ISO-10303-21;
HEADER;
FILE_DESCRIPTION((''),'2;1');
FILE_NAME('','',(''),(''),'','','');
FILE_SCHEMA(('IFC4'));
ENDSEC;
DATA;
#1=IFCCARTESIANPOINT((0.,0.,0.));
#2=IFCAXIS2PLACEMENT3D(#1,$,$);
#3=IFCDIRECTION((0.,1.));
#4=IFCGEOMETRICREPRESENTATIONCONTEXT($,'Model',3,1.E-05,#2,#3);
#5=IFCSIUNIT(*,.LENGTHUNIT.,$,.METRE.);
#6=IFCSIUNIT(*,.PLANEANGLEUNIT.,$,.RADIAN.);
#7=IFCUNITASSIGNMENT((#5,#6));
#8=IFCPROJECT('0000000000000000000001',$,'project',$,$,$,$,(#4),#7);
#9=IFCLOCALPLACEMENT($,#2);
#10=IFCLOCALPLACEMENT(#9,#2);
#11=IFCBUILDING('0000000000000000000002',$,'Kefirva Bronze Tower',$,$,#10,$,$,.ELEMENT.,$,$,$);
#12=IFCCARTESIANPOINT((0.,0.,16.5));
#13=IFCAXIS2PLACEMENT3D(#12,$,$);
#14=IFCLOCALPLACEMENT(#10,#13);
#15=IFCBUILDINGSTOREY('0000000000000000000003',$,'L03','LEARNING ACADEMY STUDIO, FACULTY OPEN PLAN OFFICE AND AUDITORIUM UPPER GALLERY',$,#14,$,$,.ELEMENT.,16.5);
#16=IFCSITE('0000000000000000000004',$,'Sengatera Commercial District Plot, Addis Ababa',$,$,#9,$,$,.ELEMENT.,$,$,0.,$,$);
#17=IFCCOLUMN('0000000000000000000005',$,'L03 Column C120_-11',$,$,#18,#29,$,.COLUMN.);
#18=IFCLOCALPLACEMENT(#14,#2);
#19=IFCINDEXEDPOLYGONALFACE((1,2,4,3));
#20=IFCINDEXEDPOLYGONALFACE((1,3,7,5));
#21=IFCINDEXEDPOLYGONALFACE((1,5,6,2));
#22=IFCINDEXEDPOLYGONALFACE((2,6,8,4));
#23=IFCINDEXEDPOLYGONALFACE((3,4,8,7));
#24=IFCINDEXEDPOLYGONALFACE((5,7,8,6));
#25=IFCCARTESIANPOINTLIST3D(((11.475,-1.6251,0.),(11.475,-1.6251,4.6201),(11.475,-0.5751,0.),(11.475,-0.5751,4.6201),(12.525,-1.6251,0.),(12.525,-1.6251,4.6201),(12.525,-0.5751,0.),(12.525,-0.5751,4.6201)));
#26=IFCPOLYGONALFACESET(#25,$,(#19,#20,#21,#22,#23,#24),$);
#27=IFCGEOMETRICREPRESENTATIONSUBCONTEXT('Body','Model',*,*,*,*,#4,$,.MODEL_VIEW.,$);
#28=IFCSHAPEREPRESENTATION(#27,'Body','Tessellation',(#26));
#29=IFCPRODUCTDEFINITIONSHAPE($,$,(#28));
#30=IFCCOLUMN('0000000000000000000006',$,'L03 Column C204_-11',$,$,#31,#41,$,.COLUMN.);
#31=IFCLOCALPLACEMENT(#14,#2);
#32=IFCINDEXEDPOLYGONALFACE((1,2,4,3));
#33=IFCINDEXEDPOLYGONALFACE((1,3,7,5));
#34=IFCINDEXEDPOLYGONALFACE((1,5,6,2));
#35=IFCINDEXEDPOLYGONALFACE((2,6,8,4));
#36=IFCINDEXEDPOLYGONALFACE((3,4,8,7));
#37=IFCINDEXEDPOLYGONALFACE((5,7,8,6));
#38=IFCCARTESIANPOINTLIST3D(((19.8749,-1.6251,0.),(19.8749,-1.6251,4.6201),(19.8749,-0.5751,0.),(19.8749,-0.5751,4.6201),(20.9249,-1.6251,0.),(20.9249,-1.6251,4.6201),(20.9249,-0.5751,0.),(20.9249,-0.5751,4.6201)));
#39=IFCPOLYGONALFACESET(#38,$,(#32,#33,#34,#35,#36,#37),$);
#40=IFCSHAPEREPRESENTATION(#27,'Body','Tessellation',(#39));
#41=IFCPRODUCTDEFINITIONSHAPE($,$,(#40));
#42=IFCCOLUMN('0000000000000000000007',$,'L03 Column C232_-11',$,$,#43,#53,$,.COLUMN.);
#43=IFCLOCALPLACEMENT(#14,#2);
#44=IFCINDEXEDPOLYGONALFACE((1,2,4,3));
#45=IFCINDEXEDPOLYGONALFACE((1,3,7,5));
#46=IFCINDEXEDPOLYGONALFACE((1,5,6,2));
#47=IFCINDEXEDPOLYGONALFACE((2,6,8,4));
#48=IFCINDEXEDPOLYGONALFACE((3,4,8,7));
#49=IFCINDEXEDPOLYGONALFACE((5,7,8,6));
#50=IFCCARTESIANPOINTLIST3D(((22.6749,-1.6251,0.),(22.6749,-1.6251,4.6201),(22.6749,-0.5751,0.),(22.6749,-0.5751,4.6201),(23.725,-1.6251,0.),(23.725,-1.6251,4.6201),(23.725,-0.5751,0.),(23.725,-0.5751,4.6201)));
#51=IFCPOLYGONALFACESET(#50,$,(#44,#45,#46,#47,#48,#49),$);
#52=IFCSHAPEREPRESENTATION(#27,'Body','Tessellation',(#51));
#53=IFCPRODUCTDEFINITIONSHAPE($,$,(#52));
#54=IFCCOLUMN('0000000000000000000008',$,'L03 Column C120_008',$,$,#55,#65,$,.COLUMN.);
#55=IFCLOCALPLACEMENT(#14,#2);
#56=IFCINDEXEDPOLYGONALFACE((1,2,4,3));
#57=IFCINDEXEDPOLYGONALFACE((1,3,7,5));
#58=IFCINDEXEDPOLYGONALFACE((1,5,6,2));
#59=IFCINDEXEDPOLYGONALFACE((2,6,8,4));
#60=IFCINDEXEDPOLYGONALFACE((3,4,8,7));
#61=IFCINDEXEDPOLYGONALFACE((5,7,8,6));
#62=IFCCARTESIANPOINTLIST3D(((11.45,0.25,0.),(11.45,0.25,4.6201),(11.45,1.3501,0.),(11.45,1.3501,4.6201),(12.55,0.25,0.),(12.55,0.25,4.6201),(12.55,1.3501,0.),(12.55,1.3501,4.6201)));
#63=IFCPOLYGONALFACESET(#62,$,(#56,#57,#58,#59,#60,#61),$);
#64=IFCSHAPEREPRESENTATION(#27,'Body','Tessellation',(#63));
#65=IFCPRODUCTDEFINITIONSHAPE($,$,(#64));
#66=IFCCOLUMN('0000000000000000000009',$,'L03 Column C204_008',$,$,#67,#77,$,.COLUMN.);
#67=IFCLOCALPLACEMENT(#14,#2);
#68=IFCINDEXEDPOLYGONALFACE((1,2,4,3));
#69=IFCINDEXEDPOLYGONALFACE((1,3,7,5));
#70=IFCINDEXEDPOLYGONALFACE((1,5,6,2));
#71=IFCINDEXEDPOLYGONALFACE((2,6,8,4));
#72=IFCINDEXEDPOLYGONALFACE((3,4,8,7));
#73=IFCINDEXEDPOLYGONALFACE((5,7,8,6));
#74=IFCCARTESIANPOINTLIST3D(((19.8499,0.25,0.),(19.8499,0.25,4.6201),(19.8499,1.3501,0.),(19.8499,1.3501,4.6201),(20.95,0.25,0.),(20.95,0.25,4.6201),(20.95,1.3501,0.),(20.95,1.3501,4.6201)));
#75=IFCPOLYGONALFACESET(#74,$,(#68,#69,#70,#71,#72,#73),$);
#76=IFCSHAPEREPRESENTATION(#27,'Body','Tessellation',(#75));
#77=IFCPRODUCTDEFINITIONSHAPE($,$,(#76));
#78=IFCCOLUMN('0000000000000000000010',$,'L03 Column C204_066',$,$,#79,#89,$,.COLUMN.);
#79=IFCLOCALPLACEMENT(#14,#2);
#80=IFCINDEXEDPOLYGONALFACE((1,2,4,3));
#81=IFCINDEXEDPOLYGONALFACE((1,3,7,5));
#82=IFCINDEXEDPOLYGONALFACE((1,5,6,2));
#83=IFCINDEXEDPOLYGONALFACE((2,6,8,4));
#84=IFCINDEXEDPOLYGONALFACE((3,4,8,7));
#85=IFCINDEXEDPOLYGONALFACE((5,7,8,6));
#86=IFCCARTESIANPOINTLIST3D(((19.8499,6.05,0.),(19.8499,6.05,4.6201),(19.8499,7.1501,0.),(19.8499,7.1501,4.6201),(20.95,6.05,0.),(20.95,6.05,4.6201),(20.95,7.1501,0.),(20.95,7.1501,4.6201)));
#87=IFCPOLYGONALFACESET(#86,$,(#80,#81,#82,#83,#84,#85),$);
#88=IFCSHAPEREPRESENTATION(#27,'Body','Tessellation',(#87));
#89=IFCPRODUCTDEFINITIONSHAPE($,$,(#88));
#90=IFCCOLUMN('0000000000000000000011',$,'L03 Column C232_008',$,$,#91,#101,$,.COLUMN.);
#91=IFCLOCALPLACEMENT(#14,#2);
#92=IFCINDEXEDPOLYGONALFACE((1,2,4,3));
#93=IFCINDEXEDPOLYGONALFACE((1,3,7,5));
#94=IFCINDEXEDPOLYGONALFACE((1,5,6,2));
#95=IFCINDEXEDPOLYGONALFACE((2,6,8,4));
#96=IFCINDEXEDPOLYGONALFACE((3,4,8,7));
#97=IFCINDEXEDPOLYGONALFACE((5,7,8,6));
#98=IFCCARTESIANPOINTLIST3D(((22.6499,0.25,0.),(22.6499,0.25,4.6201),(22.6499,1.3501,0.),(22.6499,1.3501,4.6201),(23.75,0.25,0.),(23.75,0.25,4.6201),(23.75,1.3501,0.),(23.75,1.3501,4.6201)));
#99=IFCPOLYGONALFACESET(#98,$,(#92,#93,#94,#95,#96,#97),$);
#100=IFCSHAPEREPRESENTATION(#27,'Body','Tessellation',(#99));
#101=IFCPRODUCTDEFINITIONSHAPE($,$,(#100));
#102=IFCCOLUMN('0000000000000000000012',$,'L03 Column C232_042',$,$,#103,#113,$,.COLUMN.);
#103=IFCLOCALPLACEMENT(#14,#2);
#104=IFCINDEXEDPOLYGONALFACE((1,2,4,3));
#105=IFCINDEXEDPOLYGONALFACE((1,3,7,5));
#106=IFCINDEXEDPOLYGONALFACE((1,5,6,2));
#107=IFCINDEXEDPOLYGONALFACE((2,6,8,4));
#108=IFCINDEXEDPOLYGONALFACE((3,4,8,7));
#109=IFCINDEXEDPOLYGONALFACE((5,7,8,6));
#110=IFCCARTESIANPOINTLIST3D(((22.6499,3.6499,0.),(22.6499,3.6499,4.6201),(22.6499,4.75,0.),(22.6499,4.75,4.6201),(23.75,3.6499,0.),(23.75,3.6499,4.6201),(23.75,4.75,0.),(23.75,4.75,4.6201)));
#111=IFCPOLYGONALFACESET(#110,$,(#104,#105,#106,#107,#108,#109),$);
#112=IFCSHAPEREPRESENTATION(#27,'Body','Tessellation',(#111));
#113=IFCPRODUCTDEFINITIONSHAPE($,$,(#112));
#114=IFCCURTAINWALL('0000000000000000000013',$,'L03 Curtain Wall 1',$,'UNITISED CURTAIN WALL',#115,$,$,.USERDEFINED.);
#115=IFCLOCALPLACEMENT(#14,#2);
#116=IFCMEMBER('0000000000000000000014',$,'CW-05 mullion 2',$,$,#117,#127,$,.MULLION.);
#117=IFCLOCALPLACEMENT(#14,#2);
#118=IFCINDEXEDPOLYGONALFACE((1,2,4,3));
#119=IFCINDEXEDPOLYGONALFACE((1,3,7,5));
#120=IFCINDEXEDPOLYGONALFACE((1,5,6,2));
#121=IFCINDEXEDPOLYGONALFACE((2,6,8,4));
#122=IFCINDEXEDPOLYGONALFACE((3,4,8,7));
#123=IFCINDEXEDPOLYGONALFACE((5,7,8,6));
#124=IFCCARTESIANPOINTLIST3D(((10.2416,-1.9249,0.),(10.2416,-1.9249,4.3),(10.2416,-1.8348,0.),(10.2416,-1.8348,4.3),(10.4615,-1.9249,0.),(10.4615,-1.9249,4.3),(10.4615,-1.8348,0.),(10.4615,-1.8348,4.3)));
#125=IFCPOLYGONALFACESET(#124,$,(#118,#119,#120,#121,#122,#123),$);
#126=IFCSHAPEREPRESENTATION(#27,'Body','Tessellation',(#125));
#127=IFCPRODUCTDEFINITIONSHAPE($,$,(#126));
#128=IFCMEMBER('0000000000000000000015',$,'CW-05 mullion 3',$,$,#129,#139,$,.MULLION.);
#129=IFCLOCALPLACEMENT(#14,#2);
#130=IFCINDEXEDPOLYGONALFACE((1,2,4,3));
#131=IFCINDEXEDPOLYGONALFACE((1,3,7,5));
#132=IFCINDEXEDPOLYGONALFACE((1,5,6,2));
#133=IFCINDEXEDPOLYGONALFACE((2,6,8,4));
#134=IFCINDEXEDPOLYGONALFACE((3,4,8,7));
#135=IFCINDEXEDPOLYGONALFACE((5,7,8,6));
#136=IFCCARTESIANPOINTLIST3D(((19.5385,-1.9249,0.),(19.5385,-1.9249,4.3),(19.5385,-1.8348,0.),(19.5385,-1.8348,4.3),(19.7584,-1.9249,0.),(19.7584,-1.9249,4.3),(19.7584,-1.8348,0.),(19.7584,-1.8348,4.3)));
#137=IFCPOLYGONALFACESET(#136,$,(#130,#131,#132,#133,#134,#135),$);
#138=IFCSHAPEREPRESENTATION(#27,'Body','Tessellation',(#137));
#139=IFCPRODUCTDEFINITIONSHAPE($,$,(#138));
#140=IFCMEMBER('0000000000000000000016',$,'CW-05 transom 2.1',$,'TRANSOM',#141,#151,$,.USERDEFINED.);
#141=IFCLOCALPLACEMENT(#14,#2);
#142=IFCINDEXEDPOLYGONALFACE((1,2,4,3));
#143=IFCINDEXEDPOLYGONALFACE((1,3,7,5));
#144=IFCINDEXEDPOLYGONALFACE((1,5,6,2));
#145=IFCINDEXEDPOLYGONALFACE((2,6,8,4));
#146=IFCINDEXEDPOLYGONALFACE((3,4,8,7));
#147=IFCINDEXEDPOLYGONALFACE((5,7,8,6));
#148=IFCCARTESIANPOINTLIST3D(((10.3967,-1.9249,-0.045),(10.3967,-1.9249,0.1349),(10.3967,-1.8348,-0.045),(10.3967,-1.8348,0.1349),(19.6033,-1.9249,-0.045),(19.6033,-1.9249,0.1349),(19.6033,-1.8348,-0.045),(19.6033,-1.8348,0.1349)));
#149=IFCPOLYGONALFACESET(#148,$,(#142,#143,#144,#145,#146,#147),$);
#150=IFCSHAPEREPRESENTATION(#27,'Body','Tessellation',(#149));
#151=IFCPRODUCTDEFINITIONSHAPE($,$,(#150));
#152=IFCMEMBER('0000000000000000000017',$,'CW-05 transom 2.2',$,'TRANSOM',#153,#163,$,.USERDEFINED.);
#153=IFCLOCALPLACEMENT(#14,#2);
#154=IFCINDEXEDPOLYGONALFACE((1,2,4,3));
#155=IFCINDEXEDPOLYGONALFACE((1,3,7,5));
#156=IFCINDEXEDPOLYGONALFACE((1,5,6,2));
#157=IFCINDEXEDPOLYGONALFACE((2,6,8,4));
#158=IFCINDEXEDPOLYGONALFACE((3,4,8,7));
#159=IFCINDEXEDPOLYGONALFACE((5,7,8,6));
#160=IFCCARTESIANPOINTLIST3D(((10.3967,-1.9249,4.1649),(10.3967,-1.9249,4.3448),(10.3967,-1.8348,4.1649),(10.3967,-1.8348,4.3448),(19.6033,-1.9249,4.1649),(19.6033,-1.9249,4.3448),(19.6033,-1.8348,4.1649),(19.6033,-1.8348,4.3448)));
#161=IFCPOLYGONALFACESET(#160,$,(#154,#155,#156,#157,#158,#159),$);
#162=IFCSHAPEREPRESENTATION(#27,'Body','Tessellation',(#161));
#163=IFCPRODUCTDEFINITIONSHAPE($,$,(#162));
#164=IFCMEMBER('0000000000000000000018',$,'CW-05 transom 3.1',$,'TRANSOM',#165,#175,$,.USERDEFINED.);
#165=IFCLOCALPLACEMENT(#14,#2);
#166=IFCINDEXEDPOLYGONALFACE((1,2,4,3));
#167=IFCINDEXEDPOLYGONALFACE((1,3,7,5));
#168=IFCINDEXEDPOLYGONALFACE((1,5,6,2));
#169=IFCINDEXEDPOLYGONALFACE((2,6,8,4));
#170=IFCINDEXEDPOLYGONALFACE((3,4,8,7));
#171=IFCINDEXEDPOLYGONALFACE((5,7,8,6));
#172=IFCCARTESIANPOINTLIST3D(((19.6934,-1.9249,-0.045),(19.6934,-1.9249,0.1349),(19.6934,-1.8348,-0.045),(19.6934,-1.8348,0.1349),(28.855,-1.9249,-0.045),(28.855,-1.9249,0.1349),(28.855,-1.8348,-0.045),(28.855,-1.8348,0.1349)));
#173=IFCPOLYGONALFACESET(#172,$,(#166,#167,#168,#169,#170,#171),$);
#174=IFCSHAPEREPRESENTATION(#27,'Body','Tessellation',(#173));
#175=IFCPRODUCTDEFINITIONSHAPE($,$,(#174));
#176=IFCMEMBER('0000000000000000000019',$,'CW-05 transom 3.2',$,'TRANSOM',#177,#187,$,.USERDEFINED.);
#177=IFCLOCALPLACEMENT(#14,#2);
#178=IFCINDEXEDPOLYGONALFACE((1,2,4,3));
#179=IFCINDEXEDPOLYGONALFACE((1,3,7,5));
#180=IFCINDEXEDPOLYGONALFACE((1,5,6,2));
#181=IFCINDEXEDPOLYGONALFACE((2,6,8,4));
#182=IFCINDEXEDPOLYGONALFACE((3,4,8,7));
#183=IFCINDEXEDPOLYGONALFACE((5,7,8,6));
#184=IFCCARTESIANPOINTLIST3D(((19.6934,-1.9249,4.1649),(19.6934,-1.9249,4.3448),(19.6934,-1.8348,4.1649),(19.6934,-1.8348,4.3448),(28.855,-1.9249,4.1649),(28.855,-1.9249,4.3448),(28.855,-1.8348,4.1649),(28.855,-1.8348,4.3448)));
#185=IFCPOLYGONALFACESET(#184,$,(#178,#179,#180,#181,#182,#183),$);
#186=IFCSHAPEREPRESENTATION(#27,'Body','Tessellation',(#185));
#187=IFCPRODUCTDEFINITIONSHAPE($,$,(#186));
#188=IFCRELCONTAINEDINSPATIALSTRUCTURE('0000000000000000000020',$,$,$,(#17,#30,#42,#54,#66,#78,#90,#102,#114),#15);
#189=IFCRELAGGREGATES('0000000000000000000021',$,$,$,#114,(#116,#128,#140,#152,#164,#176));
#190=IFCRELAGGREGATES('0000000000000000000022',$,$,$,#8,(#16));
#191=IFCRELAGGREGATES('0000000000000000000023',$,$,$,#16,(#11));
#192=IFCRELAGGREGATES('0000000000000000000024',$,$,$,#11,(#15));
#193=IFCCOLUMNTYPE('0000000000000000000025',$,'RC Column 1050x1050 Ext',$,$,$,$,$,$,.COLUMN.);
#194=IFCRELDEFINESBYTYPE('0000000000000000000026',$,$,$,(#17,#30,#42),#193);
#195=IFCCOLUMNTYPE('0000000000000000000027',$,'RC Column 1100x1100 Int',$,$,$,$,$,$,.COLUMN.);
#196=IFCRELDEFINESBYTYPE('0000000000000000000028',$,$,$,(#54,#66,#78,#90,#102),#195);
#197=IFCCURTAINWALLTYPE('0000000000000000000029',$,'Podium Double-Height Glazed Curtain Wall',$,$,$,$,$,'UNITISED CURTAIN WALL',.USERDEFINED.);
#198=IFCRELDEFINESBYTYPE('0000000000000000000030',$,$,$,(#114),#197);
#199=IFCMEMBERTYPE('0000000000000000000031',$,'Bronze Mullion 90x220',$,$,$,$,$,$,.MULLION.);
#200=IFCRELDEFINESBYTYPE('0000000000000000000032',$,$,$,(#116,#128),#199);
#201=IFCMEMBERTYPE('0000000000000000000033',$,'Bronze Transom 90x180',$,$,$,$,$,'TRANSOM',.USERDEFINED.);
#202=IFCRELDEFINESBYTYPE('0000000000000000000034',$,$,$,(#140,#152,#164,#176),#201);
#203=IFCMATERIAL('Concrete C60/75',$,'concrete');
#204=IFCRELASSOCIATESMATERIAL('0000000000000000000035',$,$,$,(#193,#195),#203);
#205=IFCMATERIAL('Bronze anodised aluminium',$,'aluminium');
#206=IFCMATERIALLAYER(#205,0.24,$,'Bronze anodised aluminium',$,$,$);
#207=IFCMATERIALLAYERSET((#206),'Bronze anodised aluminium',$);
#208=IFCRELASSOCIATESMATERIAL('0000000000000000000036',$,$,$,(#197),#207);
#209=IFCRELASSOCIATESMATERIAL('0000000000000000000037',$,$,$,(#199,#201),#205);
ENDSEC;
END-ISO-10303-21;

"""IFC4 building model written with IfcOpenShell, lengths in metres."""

from ifc_helpers import new_model, si_unit, direction, frame, origin, origin_2d, place, context, subcontext, project, spatial, rectangle, extrude, material, layer, layer_set, material_profile, profile_set, type_object, element, aggregate, save


model = new_model("IFC4")

# Units and contexts
model_context = context("Model", 3, precision=1e-05, world=origin(), true_north=direction((0.0, 1.0)))
body_context = subcontext(model_context, "Body", "Model", "MODEL_VIEW")
ifc_project = project(units=[si_unit("LENGTHUNIT", "METRE"), si_unit("PLANEANGLEUNIT", "RADIAN")], contexts=[model_context])

# Site, building, storey
site_placement = place(None, origin())
site = spatial("IfcSite", under=ifc_project, at=site_placement, Name="Sengatera Commercial District Plot, Addis Ababa", CompositionType="ELEMENT", RefElevation=0.0)
building_placement = place(site_placement, origin())
building = spatial("IfcBuilding", under=site, at=building_placement, Name="Kefirva Bronze Tower", CompositionType="ELEMENT")
storey_placement = place(building_placement, frame((0.0, 0.0, 16.5)))
storey = spatial("IfcBuildingStorey", under=building, at=storey_placement, Name="L03", Description="LEARNING ACADEMY STUDIO, FACULTY OPEN PLAN OFFICE AND AUDITORIUM UPPER GALLERY", CompositionType="ELEMENT", Elevation=16.5)

# Columns
ifc_material_1 = material(Name="Concrete C60/75", Category="concrete")
ifc_material_profile_1 = material_profile(ifc_material_1, rectangle(XDim=1.05, YDim=1.05, at=origin_2d()), Name="RC 1050x1050")
ifc_profile_set_1 = profile_set([ifc_material_profile_1], Name="Concrete C60/75")
column_type_1 = type_object("IfcColumnType", Name="RC Column 1050x1050 Ext", PredefinedType="COLUMN", material=ifc_profile_set_1)
for number, where, z_axis, x_axis, name in (
    (1, (12.0, -1.1001, 0.0), (0.0, 0.0, 1.0), (1.0, 0.0, 0.0), "L03 Column C120_-11"),
    (2, (20.3999, -1.1001, 0.0), (0.0, 0.0, 1.0), (1.0, 0.0, 0.0), "L03 Column C204_-11"),
    (3, (23.2, -1.1001, 0.0), (0.0, 0.0, 1.0), (1.0, 0.0, 0.0), "L03 Column C232_-11"),
):
    element("IfcColumn", number, at=place(storey_placement, frame(where, z_axis=z_axis, x_axis=x_axis)), inside=storey, type_object=column_type_1, Name=name, PredefinedType="COLUMN", context=body_context, shape_type="SweptSolid", body=[
        extrude(rectangle(XDim=1.05, YDim=1.05, at=origin_2d()), origin(), (0.0, 0.0, 1.0), 4.6201),
    ])
ifc_material_profile_2 = material_profile(ifc_material_1, rectangle(XDim=1.1001, YDim=1.1001, at=origin_2d()), Name="RC 1100x1100")
ifc_profile_set_2 = profile_set([ifc_material_profile_2], Name="Concrete C60/75")
column_type_2 = type_object("IfcColumnType", Name="RC Column 1100x1100 Int", PredefinedType="COLUMN", material=ifc_profile_set_2)
for number, where, z_axis, x_axis, name in (
    (4, (12.0, 0.8, 0.0), (0.0, 0.0, 1.0), (1.0, 0.0, 0.0), "L03 Column C120_008"),
    (5, (20.3999, 0.8, 0.0), (0.0, 0.0, 1.0), (1.0, 0.0, 0.0), "L03 Column C204_008"),
    (6, (20.3999, 6.6001, 0.0), (0.0, 0.0, 1.0), (1.0, 0.0, 0.0), "L03 Column C204_066"),
    (7, (23.2, 0.8, 0.0), (0.0, 0.0, 1.0), (1.0, 0.0, 0.0), "L03 Column C232_008"),
    (8, (23.2, 4.2, 0.0), (0.0, 0.0, 1.0), (1.0, 0.0, 0.0), "L03 Column C232_042"),
):
    element("IfcColumn", number, at=place(storey_placement, frame(where, z_axis=z_axis, x_axis=x_axis)), inside=storey, type_object=column_type_2, Name=name, PredefinedType="COLUMN", context=body_context, shape_type="SweptSolid", body=[
        extrude(rectangle(XDim=1.1001, YDim=1.1001, at=origin_2d()), origin(), (0.0, 0.0, 1.0), 4.6201),
    ])

# Curtain wall, members
ifc_material_2 = material(Name="Bronze anodised aluminium", Category="aluminium")
ifc_layer_1 = layer(ifc_material_2, 0.24, Name="Bronze anodised aluminium")
ifc_layer_set_1 = layer_set([ifc_layer_1], Name="Bronze anodised aluminium")
curtain_wall_type = type_object("IfcCurtainWallType", Name="Podium Double-Height Glazed Curtain Wall", ElementType="UNITISED CURTAIN WALL", PredefinedType="USERDEFINED", material=ifc_layer_set_1)
curtain_wall_placement = place(storey_placement, origin())
curtain_wall = element("IfcCurtainWall", 9, at=curtain_wall_placement, inside=storey, type_object=curtain_wall_type, Name="L03 Curtain Wall 1", ObjectType="UNITISED CURTAIN WALL", PredefinedType="USERDEFINED")
ifc_material_profile_3 = material_profile(ifc_material_2, rectangle(XDim=0.0901, YDim=0.22, at=origin_2d()), Name="ALU 90x220")
ifc_profile_set_3 = profile_set([ifc_material_profile_3], Name="Bronze anodised aluminium")
member_type_1 = type_object("IfcMemberType", Name="Bronze Mullion 90x220", PredefinedType="MULLION", material=ifc_profile_set_3)
member_1_placement = place(storey_placement, frame((10.3516, -1.8799, 0.0), z_axis=(0.0, 0.0, 1.0), x_axis=(0.0, 1.0, 0.0)))
member_1 = element("IfcMember", 10, at=member_1_placement, type_object=member_type_1, Name="CW-05 mullion 2", PredefinedType="MULLION", context=body_context, shape_type="SweptSolid", body=[
    extrude(rectangle(XDim=0.0901, YDim=0.22, at=origin_2d()), origin(), (0.0, 0.0, 1.0), 4.3),
])
member_2_placement = place(storey_placement, frame((19.6484, -1.8799, 0.0), z_axis=(0.0, 0.0, 1.0), x_axis=(0.0, 1.0, 0.0)))
member_2 = element("IfcMember", 11, at=member_2_placement, type_object=member_type_1, Name="CW-05 mullion 3", PredefinedType="MULLION", context=body_context, shape_type="SweptSolid", body=[
    extrude(rectangle(XDim=0.0901, YDim=0.22, at=origin_2d()), origin(), (0.0, 0.0, 1.0), 4.3),
])
ifc_material_profile_4 = material_profile(ifc_material_2, rectangle(XDim=0.0901, YDim=0.1799, at=origin_2d()), Name="ALU 90x180")
ifc_profile_set_4 = profile_set([ifc_material_profile_4], Name="Bronze anodised aluminium")
member_type_2 = type_object("IfcMemberType", Name="Bronze Transom 90x180", ElementType="TRANSOM", PredefinedType="USERDEFINED", material=ifc_profile_set_4)
member_3_placement = place(storey_placement, frame((10.3967, -1.8799, 0.0449), z_axis=(1.0, 0.0, 0.0), x_axis=(0.0, 1.0, 0.0)))
member_3 = element("IfcMember", 12, at=member_3_placement, type_object=member_type_2, Name="CW-05 transom 2.1", ObjectType="TRANSOM", PredefinedType="USERDEFINED", context=body_context, shape_type="SweptSolid", body=[
    extrude(rectangle(XDim=0.0901, YDim=0.1799, at=origin_2d()), origin(), (0.0, 0.0, 1.0), 9.2065),
])
member_4_placement = place(storey_placement, frame((10.3967, -1.8799, 4.2549), z_axis=(1.0, 0.0, 0.0), x_axis=(0.0, 1.0, 0.0)))
member_4 = element("IfcMember", 13, at=member_4_placement, type_object=member_type_2, Name="CW-05 transom 2.2", ObjectType="TRANSOM", PredefinedType="USERDEFINED", context=body_context, shape_type="SweptSolid", body=[
    extrude(rectangle(XDim=0.0901, YDim=0.1799, at=origin_2d()), origin(), (0.0, 0.0, 1.0), 9.2065),
])
member_5_placement = place(storey_placement, frame((19.6934, -1.8799, 0.0449), z_axis=(1.0, 0.0, 0.0), x_axis=(0.0, 1.0, 0.0)))
member_5 = element("IfcMember", 14, at=member_5_placement, type_object=member_type_2, Name="CW-05 transom 3.1", ObjectType="TRANSOM", PredefinedType="USERDEFINED", context=body_context, shape_type="SweptSolid", body=[
    extrude(rectangle(XDim=0.0901, YDim=0.1799, at=origin_2d()), origin(), (0.0, 0.0, 1.0), 9.1616),
])
member_6_placement = place(storey_placement, frame((19.6934, -1.8799, 4.2549), z_axis=(1.0, 0.0, 0.0), x_axis=(0.0, 1.0, 0.0)))
member_6 = element("IfcMember", 15, at=member_6_placement, type_object=member_type_2, Name="CW-05 transom 3.2", ObjectType="TRANSOM", PredefinedType="USERDEFINED", context=body_context, shape_type="SweptSolid", body=[
    extrude(rectangle(XDim=0.0901, YDim=0.1799, at=origin_2d()), origin(), (0.0, 0.0, 1.0), 9.1616),
])

aggregate(curtain_wall, [member_1, member_2, member_3, member_4, member_5, member_6])

save(model, "model.ifc")
